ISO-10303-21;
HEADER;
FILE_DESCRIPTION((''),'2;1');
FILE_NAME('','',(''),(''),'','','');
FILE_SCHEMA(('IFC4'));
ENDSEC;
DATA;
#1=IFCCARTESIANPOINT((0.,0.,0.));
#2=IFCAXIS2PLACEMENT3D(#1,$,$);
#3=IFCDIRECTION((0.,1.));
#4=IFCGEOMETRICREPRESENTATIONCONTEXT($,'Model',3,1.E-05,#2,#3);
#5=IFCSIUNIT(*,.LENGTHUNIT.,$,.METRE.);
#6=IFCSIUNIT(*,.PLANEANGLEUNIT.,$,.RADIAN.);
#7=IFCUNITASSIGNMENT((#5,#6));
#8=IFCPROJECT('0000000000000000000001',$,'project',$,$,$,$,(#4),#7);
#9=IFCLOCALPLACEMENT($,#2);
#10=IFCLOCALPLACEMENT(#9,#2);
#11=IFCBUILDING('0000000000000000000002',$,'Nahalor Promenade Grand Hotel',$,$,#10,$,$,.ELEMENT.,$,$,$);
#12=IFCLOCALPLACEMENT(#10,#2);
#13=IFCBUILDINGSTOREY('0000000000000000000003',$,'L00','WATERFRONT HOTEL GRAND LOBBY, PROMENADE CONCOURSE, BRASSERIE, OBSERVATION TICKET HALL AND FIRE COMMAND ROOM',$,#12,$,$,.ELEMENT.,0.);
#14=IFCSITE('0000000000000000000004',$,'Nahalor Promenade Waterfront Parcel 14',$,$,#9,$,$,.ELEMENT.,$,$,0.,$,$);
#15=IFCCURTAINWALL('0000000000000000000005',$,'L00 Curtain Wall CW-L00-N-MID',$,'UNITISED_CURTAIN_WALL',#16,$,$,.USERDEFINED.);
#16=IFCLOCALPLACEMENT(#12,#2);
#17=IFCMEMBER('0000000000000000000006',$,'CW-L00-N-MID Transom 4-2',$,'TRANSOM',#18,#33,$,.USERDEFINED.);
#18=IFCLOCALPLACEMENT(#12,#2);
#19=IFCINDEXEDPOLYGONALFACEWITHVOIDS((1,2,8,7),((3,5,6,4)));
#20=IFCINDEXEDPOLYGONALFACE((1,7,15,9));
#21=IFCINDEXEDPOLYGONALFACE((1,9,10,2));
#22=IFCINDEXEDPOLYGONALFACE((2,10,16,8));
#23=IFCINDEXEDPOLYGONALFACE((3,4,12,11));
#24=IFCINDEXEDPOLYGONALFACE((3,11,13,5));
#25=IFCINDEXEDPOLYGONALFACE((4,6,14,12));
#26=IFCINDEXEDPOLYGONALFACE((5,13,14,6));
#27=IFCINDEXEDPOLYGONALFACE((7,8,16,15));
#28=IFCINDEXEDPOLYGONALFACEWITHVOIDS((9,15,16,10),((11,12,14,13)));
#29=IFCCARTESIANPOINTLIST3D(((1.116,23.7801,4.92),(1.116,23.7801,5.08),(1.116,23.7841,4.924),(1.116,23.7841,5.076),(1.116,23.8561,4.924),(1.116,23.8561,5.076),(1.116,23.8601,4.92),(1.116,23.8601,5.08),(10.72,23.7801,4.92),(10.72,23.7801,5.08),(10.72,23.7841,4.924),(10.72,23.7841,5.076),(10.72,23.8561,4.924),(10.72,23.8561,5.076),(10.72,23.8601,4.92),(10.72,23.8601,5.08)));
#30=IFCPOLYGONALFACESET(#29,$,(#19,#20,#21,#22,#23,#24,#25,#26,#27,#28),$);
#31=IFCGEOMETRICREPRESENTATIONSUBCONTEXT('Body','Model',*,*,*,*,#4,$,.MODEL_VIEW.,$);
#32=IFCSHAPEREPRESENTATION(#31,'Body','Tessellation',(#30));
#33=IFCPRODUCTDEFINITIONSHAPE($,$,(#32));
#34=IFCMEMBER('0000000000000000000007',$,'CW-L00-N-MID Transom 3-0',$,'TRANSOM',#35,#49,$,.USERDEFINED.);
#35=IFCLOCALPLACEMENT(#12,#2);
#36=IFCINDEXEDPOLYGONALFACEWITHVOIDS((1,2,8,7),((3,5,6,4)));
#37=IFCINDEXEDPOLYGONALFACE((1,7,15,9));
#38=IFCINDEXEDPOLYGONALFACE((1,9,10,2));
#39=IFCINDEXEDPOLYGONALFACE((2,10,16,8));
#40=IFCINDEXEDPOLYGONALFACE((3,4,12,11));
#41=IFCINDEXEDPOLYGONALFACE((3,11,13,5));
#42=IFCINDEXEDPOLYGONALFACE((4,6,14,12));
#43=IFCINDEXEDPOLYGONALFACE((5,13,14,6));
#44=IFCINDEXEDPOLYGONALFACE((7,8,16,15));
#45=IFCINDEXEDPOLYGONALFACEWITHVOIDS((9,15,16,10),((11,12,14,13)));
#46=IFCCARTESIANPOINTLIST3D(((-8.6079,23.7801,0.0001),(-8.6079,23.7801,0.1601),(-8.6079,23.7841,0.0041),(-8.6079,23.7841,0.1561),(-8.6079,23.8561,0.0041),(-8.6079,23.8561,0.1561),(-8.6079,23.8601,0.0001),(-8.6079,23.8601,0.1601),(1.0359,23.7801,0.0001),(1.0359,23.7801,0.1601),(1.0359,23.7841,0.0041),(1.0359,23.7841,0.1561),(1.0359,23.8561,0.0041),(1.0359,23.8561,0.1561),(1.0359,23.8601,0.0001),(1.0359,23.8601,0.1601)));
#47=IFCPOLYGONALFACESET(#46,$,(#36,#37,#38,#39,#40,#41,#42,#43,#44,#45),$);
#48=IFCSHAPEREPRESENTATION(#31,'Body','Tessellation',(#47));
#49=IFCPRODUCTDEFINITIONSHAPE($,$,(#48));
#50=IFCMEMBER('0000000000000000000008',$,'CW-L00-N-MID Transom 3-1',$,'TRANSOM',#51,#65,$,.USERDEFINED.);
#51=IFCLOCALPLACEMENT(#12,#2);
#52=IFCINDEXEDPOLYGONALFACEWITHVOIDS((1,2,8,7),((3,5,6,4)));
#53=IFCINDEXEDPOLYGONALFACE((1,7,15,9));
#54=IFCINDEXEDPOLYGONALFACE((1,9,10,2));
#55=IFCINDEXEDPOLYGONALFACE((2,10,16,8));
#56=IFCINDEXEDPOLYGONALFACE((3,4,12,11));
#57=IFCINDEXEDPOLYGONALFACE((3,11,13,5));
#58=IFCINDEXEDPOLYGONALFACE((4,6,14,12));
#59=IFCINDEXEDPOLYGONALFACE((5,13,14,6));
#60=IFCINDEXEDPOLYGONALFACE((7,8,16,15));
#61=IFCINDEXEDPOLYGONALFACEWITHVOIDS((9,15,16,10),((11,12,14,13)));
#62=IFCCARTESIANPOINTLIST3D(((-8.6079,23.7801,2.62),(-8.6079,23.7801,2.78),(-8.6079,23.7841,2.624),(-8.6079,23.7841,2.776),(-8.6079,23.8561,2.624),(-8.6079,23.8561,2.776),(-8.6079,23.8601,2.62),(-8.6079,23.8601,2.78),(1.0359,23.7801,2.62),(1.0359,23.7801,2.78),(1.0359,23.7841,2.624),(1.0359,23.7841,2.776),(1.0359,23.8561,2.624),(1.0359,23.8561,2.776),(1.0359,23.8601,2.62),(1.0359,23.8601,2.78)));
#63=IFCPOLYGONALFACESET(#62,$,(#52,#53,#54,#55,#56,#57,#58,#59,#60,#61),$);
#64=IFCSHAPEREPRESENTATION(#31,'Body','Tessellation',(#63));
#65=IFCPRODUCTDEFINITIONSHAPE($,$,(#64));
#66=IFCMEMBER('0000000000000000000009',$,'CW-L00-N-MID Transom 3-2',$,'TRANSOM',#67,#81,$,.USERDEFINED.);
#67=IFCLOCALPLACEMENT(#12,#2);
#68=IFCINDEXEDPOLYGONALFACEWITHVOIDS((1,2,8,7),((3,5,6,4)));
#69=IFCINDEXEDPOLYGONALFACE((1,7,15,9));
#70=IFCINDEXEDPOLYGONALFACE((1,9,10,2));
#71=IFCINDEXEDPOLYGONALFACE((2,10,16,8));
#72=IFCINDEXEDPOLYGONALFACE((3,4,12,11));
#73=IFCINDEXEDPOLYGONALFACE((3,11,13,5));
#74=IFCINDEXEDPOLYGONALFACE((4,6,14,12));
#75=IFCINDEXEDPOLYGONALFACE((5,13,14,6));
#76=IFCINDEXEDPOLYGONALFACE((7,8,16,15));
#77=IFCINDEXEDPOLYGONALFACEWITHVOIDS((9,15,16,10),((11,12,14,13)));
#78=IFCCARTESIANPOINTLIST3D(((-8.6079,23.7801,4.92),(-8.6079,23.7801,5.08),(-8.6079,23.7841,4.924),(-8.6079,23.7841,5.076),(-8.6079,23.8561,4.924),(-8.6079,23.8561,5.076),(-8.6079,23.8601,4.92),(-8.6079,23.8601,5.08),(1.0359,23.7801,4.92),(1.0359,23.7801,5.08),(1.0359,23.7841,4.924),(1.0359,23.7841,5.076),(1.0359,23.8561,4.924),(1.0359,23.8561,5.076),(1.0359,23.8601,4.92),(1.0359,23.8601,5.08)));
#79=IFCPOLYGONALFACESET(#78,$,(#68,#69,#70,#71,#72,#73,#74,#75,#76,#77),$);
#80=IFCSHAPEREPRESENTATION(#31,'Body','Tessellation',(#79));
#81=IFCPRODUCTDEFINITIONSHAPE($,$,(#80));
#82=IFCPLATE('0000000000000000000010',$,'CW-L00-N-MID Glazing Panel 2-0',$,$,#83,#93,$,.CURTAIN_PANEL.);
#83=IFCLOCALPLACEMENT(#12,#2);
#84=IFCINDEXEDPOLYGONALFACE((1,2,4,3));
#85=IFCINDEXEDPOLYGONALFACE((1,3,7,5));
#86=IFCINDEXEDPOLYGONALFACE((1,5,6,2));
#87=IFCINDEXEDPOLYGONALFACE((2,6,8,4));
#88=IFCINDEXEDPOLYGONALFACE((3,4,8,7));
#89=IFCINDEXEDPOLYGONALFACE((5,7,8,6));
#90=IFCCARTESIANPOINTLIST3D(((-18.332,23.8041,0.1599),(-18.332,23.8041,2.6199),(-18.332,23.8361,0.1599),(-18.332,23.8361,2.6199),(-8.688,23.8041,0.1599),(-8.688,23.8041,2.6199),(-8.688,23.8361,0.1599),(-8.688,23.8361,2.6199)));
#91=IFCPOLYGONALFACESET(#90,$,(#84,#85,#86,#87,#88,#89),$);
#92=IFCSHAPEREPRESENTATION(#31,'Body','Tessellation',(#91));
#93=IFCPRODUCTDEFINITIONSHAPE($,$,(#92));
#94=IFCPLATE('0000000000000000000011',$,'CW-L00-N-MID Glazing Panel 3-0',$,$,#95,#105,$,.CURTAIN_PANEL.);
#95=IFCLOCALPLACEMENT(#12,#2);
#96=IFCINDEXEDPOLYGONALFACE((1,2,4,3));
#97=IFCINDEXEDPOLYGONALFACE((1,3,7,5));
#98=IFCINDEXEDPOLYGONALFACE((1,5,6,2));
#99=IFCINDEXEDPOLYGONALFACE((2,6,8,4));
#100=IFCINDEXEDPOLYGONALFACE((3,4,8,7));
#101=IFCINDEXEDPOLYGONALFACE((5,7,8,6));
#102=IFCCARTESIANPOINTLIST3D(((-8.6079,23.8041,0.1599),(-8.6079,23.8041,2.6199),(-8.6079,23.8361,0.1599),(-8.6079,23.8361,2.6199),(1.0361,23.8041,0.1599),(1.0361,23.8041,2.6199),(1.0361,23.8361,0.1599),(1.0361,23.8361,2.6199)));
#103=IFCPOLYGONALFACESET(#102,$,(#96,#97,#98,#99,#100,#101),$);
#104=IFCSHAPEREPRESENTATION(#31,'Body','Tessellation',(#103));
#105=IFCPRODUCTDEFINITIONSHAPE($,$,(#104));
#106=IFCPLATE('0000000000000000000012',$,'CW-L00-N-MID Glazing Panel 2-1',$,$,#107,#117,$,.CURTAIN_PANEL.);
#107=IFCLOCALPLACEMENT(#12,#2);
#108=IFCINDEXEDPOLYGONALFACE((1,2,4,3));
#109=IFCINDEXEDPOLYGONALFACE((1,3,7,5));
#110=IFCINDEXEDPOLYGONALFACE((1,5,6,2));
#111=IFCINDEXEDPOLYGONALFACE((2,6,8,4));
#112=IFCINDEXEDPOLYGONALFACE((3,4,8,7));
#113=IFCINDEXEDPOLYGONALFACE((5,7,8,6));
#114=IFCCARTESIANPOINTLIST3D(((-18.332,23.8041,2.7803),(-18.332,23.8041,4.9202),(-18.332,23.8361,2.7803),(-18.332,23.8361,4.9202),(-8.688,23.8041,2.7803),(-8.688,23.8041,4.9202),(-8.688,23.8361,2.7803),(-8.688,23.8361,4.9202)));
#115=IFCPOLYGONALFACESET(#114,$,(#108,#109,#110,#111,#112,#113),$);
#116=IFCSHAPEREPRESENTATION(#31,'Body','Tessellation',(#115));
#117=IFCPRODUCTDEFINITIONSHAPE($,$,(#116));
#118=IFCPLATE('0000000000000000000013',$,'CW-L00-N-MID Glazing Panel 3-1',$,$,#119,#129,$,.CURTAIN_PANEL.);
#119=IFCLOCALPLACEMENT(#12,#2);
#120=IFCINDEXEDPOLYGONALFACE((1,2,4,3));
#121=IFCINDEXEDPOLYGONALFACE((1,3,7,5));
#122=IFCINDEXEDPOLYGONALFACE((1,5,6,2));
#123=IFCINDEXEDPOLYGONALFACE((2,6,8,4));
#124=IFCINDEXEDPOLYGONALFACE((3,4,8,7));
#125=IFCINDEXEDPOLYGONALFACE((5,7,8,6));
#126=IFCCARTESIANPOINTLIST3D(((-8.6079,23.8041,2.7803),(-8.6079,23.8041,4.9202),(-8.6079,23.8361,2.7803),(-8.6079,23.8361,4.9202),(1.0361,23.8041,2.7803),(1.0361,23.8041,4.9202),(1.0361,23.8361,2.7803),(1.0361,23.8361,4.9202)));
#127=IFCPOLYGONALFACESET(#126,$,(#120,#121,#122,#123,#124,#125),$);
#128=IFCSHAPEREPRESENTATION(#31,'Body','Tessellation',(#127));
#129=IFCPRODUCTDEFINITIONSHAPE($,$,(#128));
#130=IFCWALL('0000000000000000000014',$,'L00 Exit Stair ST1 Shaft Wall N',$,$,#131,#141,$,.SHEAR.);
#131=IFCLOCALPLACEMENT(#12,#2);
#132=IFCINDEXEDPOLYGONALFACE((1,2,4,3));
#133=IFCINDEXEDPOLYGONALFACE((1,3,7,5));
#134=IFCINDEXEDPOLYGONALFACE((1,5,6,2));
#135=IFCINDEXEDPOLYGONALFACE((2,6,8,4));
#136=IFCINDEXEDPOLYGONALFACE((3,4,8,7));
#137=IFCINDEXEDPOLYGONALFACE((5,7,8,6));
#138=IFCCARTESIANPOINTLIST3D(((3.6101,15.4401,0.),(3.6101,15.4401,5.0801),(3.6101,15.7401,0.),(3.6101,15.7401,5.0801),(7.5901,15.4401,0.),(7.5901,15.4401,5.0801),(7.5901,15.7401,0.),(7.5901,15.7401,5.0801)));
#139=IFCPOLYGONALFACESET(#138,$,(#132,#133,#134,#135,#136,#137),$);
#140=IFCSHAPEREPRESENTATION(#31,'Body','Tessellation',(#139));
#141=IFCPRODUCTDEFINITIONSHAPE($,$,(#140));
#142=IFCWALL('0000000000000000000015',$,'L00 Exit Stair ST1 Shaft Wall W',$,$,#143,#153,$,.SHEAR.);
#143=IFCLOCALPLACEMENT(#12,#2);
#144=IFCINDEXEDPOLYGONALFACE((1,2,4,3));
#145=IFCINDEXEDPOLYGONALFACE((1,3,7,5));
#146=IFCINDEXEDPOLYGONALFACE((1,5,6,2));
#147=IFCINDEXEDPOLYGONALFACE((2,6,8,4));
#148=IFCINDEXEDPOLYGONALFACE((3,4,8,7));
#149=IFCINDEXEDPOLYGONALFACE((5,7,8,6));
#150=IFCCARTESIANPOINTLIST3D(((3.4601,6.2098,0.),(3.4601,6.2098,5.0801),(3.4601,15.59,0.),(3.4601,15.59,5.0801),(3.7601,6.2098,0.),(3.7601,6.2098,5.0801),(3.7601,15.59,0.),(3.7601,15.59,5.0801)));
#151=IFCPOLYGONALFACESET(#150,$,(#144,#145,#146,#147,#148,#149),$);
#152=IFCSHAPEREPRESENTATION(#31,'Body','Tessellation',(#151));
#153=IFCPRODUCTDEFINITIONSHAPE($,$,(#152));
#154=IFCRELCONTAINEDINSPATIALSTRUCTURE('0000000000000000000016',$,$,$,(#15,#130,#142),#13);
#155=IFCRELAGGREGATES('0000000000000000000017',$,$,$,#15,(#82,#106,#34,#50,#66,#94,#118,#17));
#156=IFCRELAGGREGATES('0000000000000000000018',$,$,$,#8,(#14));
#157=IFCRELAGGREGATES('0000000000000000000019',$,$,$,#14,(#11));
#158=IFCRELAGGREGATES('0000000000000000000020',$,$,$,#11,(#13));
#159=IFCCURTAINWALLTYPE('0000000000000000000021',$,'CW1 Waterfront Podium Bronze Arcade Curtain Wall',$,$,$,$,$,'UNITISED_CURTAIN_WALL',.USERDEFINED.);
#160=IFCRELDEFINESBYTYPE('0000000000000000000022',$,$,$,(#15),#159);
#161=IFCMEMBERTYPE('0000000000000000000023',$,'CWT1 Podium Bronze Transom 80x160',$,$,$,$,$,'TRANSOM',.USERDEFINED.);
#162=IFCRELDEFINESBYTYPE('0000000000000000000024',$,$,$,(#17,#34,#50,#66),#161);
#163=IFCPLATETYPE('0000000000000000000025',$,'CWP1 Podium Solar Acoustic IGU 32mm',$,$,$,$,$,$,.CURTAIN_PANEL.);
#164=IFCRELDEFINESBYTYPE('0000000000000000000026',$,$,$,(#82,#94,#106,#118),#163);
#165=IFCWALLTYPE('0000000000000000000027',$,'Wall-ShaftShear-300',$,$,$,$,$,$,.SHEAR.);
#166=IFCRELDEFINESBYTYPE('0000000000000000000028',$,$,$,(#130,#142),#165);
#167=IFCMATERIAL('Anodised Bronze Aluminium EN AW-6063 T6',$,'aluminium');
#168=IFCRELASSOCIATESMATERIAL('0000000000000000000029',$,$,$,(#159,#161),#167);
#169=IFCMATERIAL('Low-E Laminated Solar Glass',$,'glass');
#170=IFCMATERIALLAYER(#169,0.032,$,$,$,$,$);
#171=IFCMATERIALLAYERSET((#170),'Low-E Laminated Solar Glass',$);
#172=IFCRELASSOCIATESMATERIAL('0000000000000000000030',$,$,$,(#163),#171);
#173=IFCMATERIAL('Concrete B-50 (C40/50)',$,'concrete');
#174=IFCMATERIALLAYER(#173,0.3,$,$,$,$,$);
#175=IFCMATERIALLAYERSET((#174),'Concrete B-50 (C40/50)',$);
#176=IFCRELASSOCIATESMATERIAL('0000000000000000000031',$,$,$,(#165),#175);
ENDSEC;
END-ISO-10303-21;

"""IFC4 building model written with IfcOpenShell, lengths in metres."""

from ifc_helpers import new_model, si_unit, direction, frame, frame_2d, origin, origin_2d, place, context, subcontext, project, spatial, rectangle, hollow_rectangle, extrude, source, transform, mapped, material, layer, layer_set, material_profile, profile_set, type_object, element, aggregate, save


model = new_model("IFC4")

# Units and contexts
model_context = context("Model", 3, precision=1e-05, world=origin(), true_north=direction((0.0, 1.0)))
body_context = subcontext(model_context, "Body", "Model", "MODEL_VIEW")
ifc_project = project(units=[si_unit("LENGTHUNIT", "METRE"), si_unit("PLANEANGLEUNIT", "RADIAN")], contexts=[model_context])

# Site, building, storey
site_placement = place(None, origin())
site = spatial("IfcSite", under=ifc_project, at=site_placement, Name="Nahalor Promenade Waterfront Parcel 14", CompositionType="ELEMENT", RefElevation=0.0)
building_placement = place(site_placement, origin())
building = spatial("IfcBuilding", under=site, at=building_placement, Name="Nahalor Promenade Grand Hotel", CompositionType="ELEMENT")
storey_placement = place(building_placement, origin())
storey = spatial("IfcBuildingStorey", under=building, at=storey_placement, Name="L00", Description="WATERFRONT HOTEL GRAND LOBBY, PROMENADE CONCOURSE, BRASSERIE, OBSERVATION TICKET HALL AND FIRE COMMAND ROOM", CompositionType="ELEMENT", Elevation=0.0)

# Curtain wall, members, plates
ifc_material_1 = material(Name="Anodised Bronze Aluminium EN AW-6063 T6", Category="aluminium")
curtain_wall_type = type_object("IfcCurtainWallType", Name="CW1 Waterfront Podium Bronze Arcade Curtain Wall", ElementType="UNITISED_CURTAIN_WALL", PredefinedType="USERDEFINED", material=ifc_material_1)
curtain_wall_placement = place(storey_placement, origin())
curtain_wall = element("IfcCurtainWall", 1, at=curtain_wall_placement, inside=storey, type_object=curtain_wall_type, Name="L00 Curtain Wall CW-L00-N-MID", ObjectType="UNITISED_CURTAIN_WALL", PredefinedType="USERDEFINED")
ifc_material_profile_1 = material_profile(ifc_material_1, hollow_rectangle(XDim=0.08, YDim=0.16, WallThickness=0.004, at=origin_2d()), Name="CWT 80x160x4")
ifc_profile_set_1 = profile_set([ifc_material_profile_1], Name="Anodised Bronze Aluminium EN AW-6063 T6")
member_type_1 = type_object("IfcMemberType", Name="CWT1 Podium Bronze Transom 80x160", ElementType="TRANSOM", PredefinedType="USERDEFINED", material=ifc_profile_set_1)
shared_shape_1 = source(origin(), body_context, "Body", "SweptSolid", [
    extrude(hollow_rectangle(XDim=0.08, YDim=0.16, WallThickness=0.004, at=origin_2d()), origin(), (0.0, 0.0, 1.0), 9.604),
])
member_1_placement = place(storey_placement, frame((1.116, 23.8201, 5.0), z_axis=(1.0, 0.0, 0.0), x_axis=(0.0, 1.0, 0.0)))
member_1 = element("IfcMember", 2, at=member_1_placement, type_object=member_type_1, Name="CW-L00-N-MID Transom 4-2", ObjectType="TRANSOM", PredefinedType="USERDEFINED", context=body_context, shape_type="MappedRepresentation", body=[
    mapped(shared_shape_1, transform((0.0, 0.0, 0.0), scale=1.0)),
])
shared_shape_2 = source(origin(), body_context, "Body", "SweptSolid", [
    extrude(hollow_rectangle(XDim=0.08, YDim=0.16, WallThickness=0.004, at=origin_2d()), origin(), (0.0, 0.0, 1.0), 9.6438),
])
member_2_placement = place(storey_placement, frame((-8.6079, 23.8201, 0.0801), z_axis=(1.0, 0.0, 0.0), x_axis=(0.0, 1.0, 0.0)))
member_2 = element("IfcMember", 3, at=member_2_placement, type_object=member_type_1, Name="CW-L00-N-MID Transom 3-0", ObjectType="TRANSOM", PredefinedType="USERDEFINED", context=body_context, shape_type="MappedRepresentation", body=[
    mapped(shared_shape_2, transform((0.0, 0.0, 0.0), scale=1.0)),
])
member_3_placement = place(storey_placement, frame((-8.6079, 23.8201, 2.7), z_axis=(1.0, 0.0, 0.0), x_axis=(0.0, 1.0, 0.0)))
member_3 = element("IfcMember", 4, at=member_3_placement, type_object=member_type_1, Name="CW-L00-N-MID Transom 3-1", ObjectType="TRANSOM", PredefinedType="USERDEFINED", context=body_context, shape_type="MappedRepresentation", body=[
    mapped(shared_shape_2, transform((0.0, 0.0, 0.0), scale=1.0)),
])
member_4_placement = place(storey_placement, frame((-8.6079, 23.8201, 5.0), z_axis=(1.0, 0.0, 0.0), x_axis=(0.0, 1.0, 0.0)))
member_4 = element("IfcMember", 5, at=member_4_placement, type_object=member_type_1, Name="CW-L00-N-MID Transom 3-2", ObjectType="TRANSOM", PredefinedType="USERDEFINED", context=body_context, shape_type="MappedRepresentation", body=[
    mapped(shared_shape_2, transform((0.0, 0.0, 0.0), scale=1.0)),
])
ifc_material_2 = material(Name="Low-E Laminated Solar Glass", Category="glass")
ifc_layer_1 = layer(ifc_material_2, 0.032)
ifc_layer_set_1 = layer_set([ifc_layer_1], Name="Low-E Laminated Solar Glass")
plate_type = type_object("IfcPlateType", Name="CWP1 Podium Solar Acoustic IGU 32mm", PredefinedType="CURTAIN_PANEL", material=ifc_layer_set_1)
shared_shape_3 = source(origin(), body_context, "Body", "SweptSolid", [
    extrude(rectangle(XDim=9.644, YDim=0.032, at=origin_2d()), origin(), (0.0, 0.0, 1.0), 2.46),
])
plate_1_placement = place(storey_placement, frame((-13.51, 23.8201, 0.1599), z_axis=(0.0, 0.0, 1.0), x_axis=(1.0, 0.0, 0.0)))
plate_1 = element("IfcPlate", 6, at=plate_1_placement, type_object=plate_type, Name="CW-L00-N-MID Glazing Panel 2-0", PredefinedType="CURTAIN_PANEL", context=body_context, shape_type="MappedRepresentation", body=[
    mapped(shared_shape_3, transform((0.0, 0.0, 0.0), scale=1.0)),
])
plate_2_placement = place(storey_placement, frame((-3.7859, 23.8201, 0.1599), z_axis=(0.0, 0.0, 1.0), x_axis=(1.0, 0.0, 0.0)))
plate_2 = element("IfcPlate", 7, at=plate_2_placement, type_object=plate_type, Name="CW-L00-N-MID Glazing Panel 3-0", PredefinedType="CURTAIN_PANEL", context=body_context, shape_type="MappedRepresentation", body=[
    mapped(shared_shape_3, transform((0.0, 0.0, 0.0), scale=1.0)),
])
shared_shape_4 = source(origin(), body_context, "Body", "SweptSolid", [
    extrude(rectangle(XDim=9.644, YDim=0.032, at=origin_2d()), origin(), (0.0, 0.0, 1.0), 2.1399),
])
plate_3_placement = place(storey_placement, frame((-13.51, 23.8201, 2.7803), z_axis=(0.0, 0.0, 1.0), x_axis=(1.0, 0.0, 0.0)))
plate_3 = element("IfcPlate", 8, at=plate_3_placement, type_object=plate_type, Name="CW-L00-N-MID Glazing Panel 2-1", PredefinedType="CURTAIN_PANEL", context=body_context, shape_type="MappedRepresentation", body=[
    mapped(shared_shape_4, transform((0.0, 0.0, 0.0), scale=1.0)),
])
plate_4_placement = place(storey_placement, frame((-3.7859, 23.8201, 2.7803), z_axis=(0.0, 0.0, 1.0), x_axis=(1.0, 0.0, 0.0)))
plate_4 = element("IfcPlate", 9, at=plate_4_placement, type_object=plate_type, Name="CW-L00-N-MID Glazing Panel 3-1", PredefinedType="CURTAIN_PANEL", context=body_context, shape_type="MappedRepresentation", body=[
    mapped(shared_shape_4, transform((0.0, 0.0, 0.0), scale=1.0)),
])
aggregate(curtain_wall, [plate_1, plate_3, member_2, member_3, member_4, plate_2, plate_4, member_1])

# Walls
ifc_material_3 = material(Name="Concrete B-50 (C40/50)", Category="concrete")
ifc_layer_2 = layer(ifc_material_3, 0.3)
ifc_layer_set_2 = layer_set([ifc_layer_2], Name="Concrete B-50 (C40/50)")
wall_type = type_object("IfcWallType", Name="Wall-ShaftShear-300", PredefinedType="SHEAR", material=ifc_layer_set_2)
shared_shape_5 = source(origin(), body_context, "Body", "SweptSolid", [
    extrude(rectangle(XDim=3.98, YDim=0.3, at=frame_2d((1.99, 0.0))), origin(), (0.0, 0.0, 1.0), 5.0801),
])
wall_1_placement = place(storey_placement, frame((3.6101, 15.5901, 0.0), z_axis=(0.0, 0.0, 1.0), x_axis=(1.0, 0.0, 0.0)))
element("IfcWall", 10, at=wall_1_placement, inside=storey, type_object=wall_type, Name="L00 Exit Stair ST1 Shaft Wall N", PredefinedType="SHEAR", context=body_context, shape_type="MappedRepresentation", body=[
    mapped(shared_shape_5, transform((0.0, 0.0, 0.0), scale=1.0)),
])
shared_shape_6 = source(origin(), body_context, "Body", "SweptSolid", [
    extrude(rectangle(XDim=9.3801, YDim=0.3, at=frame_2d((4.6899, 0.0))), origin(), (0.0, 0.0, 1.0), 5.0801),
])
wall_2_placement = place(storey_placement, frame((3.6101, 6.21, 0.0), z_axis=(0.0, 0.0, 1.0), x_axis=(0.0, 1.0, 0.0)))
element("IfcWall", 11, at=wall_2_placement, inside=storey, type_object=wall_type, Name="L00 Exit Stair ST1 Shaft Wall W", PredefinedType="SHEAR", context=body_context, shape_type="MappedRepresentation", body=[
    mapped(shared_shape_6, transform((0.0, 0.0, 0.0), scale=1.0)),
])

save(model, "model.ifc")
